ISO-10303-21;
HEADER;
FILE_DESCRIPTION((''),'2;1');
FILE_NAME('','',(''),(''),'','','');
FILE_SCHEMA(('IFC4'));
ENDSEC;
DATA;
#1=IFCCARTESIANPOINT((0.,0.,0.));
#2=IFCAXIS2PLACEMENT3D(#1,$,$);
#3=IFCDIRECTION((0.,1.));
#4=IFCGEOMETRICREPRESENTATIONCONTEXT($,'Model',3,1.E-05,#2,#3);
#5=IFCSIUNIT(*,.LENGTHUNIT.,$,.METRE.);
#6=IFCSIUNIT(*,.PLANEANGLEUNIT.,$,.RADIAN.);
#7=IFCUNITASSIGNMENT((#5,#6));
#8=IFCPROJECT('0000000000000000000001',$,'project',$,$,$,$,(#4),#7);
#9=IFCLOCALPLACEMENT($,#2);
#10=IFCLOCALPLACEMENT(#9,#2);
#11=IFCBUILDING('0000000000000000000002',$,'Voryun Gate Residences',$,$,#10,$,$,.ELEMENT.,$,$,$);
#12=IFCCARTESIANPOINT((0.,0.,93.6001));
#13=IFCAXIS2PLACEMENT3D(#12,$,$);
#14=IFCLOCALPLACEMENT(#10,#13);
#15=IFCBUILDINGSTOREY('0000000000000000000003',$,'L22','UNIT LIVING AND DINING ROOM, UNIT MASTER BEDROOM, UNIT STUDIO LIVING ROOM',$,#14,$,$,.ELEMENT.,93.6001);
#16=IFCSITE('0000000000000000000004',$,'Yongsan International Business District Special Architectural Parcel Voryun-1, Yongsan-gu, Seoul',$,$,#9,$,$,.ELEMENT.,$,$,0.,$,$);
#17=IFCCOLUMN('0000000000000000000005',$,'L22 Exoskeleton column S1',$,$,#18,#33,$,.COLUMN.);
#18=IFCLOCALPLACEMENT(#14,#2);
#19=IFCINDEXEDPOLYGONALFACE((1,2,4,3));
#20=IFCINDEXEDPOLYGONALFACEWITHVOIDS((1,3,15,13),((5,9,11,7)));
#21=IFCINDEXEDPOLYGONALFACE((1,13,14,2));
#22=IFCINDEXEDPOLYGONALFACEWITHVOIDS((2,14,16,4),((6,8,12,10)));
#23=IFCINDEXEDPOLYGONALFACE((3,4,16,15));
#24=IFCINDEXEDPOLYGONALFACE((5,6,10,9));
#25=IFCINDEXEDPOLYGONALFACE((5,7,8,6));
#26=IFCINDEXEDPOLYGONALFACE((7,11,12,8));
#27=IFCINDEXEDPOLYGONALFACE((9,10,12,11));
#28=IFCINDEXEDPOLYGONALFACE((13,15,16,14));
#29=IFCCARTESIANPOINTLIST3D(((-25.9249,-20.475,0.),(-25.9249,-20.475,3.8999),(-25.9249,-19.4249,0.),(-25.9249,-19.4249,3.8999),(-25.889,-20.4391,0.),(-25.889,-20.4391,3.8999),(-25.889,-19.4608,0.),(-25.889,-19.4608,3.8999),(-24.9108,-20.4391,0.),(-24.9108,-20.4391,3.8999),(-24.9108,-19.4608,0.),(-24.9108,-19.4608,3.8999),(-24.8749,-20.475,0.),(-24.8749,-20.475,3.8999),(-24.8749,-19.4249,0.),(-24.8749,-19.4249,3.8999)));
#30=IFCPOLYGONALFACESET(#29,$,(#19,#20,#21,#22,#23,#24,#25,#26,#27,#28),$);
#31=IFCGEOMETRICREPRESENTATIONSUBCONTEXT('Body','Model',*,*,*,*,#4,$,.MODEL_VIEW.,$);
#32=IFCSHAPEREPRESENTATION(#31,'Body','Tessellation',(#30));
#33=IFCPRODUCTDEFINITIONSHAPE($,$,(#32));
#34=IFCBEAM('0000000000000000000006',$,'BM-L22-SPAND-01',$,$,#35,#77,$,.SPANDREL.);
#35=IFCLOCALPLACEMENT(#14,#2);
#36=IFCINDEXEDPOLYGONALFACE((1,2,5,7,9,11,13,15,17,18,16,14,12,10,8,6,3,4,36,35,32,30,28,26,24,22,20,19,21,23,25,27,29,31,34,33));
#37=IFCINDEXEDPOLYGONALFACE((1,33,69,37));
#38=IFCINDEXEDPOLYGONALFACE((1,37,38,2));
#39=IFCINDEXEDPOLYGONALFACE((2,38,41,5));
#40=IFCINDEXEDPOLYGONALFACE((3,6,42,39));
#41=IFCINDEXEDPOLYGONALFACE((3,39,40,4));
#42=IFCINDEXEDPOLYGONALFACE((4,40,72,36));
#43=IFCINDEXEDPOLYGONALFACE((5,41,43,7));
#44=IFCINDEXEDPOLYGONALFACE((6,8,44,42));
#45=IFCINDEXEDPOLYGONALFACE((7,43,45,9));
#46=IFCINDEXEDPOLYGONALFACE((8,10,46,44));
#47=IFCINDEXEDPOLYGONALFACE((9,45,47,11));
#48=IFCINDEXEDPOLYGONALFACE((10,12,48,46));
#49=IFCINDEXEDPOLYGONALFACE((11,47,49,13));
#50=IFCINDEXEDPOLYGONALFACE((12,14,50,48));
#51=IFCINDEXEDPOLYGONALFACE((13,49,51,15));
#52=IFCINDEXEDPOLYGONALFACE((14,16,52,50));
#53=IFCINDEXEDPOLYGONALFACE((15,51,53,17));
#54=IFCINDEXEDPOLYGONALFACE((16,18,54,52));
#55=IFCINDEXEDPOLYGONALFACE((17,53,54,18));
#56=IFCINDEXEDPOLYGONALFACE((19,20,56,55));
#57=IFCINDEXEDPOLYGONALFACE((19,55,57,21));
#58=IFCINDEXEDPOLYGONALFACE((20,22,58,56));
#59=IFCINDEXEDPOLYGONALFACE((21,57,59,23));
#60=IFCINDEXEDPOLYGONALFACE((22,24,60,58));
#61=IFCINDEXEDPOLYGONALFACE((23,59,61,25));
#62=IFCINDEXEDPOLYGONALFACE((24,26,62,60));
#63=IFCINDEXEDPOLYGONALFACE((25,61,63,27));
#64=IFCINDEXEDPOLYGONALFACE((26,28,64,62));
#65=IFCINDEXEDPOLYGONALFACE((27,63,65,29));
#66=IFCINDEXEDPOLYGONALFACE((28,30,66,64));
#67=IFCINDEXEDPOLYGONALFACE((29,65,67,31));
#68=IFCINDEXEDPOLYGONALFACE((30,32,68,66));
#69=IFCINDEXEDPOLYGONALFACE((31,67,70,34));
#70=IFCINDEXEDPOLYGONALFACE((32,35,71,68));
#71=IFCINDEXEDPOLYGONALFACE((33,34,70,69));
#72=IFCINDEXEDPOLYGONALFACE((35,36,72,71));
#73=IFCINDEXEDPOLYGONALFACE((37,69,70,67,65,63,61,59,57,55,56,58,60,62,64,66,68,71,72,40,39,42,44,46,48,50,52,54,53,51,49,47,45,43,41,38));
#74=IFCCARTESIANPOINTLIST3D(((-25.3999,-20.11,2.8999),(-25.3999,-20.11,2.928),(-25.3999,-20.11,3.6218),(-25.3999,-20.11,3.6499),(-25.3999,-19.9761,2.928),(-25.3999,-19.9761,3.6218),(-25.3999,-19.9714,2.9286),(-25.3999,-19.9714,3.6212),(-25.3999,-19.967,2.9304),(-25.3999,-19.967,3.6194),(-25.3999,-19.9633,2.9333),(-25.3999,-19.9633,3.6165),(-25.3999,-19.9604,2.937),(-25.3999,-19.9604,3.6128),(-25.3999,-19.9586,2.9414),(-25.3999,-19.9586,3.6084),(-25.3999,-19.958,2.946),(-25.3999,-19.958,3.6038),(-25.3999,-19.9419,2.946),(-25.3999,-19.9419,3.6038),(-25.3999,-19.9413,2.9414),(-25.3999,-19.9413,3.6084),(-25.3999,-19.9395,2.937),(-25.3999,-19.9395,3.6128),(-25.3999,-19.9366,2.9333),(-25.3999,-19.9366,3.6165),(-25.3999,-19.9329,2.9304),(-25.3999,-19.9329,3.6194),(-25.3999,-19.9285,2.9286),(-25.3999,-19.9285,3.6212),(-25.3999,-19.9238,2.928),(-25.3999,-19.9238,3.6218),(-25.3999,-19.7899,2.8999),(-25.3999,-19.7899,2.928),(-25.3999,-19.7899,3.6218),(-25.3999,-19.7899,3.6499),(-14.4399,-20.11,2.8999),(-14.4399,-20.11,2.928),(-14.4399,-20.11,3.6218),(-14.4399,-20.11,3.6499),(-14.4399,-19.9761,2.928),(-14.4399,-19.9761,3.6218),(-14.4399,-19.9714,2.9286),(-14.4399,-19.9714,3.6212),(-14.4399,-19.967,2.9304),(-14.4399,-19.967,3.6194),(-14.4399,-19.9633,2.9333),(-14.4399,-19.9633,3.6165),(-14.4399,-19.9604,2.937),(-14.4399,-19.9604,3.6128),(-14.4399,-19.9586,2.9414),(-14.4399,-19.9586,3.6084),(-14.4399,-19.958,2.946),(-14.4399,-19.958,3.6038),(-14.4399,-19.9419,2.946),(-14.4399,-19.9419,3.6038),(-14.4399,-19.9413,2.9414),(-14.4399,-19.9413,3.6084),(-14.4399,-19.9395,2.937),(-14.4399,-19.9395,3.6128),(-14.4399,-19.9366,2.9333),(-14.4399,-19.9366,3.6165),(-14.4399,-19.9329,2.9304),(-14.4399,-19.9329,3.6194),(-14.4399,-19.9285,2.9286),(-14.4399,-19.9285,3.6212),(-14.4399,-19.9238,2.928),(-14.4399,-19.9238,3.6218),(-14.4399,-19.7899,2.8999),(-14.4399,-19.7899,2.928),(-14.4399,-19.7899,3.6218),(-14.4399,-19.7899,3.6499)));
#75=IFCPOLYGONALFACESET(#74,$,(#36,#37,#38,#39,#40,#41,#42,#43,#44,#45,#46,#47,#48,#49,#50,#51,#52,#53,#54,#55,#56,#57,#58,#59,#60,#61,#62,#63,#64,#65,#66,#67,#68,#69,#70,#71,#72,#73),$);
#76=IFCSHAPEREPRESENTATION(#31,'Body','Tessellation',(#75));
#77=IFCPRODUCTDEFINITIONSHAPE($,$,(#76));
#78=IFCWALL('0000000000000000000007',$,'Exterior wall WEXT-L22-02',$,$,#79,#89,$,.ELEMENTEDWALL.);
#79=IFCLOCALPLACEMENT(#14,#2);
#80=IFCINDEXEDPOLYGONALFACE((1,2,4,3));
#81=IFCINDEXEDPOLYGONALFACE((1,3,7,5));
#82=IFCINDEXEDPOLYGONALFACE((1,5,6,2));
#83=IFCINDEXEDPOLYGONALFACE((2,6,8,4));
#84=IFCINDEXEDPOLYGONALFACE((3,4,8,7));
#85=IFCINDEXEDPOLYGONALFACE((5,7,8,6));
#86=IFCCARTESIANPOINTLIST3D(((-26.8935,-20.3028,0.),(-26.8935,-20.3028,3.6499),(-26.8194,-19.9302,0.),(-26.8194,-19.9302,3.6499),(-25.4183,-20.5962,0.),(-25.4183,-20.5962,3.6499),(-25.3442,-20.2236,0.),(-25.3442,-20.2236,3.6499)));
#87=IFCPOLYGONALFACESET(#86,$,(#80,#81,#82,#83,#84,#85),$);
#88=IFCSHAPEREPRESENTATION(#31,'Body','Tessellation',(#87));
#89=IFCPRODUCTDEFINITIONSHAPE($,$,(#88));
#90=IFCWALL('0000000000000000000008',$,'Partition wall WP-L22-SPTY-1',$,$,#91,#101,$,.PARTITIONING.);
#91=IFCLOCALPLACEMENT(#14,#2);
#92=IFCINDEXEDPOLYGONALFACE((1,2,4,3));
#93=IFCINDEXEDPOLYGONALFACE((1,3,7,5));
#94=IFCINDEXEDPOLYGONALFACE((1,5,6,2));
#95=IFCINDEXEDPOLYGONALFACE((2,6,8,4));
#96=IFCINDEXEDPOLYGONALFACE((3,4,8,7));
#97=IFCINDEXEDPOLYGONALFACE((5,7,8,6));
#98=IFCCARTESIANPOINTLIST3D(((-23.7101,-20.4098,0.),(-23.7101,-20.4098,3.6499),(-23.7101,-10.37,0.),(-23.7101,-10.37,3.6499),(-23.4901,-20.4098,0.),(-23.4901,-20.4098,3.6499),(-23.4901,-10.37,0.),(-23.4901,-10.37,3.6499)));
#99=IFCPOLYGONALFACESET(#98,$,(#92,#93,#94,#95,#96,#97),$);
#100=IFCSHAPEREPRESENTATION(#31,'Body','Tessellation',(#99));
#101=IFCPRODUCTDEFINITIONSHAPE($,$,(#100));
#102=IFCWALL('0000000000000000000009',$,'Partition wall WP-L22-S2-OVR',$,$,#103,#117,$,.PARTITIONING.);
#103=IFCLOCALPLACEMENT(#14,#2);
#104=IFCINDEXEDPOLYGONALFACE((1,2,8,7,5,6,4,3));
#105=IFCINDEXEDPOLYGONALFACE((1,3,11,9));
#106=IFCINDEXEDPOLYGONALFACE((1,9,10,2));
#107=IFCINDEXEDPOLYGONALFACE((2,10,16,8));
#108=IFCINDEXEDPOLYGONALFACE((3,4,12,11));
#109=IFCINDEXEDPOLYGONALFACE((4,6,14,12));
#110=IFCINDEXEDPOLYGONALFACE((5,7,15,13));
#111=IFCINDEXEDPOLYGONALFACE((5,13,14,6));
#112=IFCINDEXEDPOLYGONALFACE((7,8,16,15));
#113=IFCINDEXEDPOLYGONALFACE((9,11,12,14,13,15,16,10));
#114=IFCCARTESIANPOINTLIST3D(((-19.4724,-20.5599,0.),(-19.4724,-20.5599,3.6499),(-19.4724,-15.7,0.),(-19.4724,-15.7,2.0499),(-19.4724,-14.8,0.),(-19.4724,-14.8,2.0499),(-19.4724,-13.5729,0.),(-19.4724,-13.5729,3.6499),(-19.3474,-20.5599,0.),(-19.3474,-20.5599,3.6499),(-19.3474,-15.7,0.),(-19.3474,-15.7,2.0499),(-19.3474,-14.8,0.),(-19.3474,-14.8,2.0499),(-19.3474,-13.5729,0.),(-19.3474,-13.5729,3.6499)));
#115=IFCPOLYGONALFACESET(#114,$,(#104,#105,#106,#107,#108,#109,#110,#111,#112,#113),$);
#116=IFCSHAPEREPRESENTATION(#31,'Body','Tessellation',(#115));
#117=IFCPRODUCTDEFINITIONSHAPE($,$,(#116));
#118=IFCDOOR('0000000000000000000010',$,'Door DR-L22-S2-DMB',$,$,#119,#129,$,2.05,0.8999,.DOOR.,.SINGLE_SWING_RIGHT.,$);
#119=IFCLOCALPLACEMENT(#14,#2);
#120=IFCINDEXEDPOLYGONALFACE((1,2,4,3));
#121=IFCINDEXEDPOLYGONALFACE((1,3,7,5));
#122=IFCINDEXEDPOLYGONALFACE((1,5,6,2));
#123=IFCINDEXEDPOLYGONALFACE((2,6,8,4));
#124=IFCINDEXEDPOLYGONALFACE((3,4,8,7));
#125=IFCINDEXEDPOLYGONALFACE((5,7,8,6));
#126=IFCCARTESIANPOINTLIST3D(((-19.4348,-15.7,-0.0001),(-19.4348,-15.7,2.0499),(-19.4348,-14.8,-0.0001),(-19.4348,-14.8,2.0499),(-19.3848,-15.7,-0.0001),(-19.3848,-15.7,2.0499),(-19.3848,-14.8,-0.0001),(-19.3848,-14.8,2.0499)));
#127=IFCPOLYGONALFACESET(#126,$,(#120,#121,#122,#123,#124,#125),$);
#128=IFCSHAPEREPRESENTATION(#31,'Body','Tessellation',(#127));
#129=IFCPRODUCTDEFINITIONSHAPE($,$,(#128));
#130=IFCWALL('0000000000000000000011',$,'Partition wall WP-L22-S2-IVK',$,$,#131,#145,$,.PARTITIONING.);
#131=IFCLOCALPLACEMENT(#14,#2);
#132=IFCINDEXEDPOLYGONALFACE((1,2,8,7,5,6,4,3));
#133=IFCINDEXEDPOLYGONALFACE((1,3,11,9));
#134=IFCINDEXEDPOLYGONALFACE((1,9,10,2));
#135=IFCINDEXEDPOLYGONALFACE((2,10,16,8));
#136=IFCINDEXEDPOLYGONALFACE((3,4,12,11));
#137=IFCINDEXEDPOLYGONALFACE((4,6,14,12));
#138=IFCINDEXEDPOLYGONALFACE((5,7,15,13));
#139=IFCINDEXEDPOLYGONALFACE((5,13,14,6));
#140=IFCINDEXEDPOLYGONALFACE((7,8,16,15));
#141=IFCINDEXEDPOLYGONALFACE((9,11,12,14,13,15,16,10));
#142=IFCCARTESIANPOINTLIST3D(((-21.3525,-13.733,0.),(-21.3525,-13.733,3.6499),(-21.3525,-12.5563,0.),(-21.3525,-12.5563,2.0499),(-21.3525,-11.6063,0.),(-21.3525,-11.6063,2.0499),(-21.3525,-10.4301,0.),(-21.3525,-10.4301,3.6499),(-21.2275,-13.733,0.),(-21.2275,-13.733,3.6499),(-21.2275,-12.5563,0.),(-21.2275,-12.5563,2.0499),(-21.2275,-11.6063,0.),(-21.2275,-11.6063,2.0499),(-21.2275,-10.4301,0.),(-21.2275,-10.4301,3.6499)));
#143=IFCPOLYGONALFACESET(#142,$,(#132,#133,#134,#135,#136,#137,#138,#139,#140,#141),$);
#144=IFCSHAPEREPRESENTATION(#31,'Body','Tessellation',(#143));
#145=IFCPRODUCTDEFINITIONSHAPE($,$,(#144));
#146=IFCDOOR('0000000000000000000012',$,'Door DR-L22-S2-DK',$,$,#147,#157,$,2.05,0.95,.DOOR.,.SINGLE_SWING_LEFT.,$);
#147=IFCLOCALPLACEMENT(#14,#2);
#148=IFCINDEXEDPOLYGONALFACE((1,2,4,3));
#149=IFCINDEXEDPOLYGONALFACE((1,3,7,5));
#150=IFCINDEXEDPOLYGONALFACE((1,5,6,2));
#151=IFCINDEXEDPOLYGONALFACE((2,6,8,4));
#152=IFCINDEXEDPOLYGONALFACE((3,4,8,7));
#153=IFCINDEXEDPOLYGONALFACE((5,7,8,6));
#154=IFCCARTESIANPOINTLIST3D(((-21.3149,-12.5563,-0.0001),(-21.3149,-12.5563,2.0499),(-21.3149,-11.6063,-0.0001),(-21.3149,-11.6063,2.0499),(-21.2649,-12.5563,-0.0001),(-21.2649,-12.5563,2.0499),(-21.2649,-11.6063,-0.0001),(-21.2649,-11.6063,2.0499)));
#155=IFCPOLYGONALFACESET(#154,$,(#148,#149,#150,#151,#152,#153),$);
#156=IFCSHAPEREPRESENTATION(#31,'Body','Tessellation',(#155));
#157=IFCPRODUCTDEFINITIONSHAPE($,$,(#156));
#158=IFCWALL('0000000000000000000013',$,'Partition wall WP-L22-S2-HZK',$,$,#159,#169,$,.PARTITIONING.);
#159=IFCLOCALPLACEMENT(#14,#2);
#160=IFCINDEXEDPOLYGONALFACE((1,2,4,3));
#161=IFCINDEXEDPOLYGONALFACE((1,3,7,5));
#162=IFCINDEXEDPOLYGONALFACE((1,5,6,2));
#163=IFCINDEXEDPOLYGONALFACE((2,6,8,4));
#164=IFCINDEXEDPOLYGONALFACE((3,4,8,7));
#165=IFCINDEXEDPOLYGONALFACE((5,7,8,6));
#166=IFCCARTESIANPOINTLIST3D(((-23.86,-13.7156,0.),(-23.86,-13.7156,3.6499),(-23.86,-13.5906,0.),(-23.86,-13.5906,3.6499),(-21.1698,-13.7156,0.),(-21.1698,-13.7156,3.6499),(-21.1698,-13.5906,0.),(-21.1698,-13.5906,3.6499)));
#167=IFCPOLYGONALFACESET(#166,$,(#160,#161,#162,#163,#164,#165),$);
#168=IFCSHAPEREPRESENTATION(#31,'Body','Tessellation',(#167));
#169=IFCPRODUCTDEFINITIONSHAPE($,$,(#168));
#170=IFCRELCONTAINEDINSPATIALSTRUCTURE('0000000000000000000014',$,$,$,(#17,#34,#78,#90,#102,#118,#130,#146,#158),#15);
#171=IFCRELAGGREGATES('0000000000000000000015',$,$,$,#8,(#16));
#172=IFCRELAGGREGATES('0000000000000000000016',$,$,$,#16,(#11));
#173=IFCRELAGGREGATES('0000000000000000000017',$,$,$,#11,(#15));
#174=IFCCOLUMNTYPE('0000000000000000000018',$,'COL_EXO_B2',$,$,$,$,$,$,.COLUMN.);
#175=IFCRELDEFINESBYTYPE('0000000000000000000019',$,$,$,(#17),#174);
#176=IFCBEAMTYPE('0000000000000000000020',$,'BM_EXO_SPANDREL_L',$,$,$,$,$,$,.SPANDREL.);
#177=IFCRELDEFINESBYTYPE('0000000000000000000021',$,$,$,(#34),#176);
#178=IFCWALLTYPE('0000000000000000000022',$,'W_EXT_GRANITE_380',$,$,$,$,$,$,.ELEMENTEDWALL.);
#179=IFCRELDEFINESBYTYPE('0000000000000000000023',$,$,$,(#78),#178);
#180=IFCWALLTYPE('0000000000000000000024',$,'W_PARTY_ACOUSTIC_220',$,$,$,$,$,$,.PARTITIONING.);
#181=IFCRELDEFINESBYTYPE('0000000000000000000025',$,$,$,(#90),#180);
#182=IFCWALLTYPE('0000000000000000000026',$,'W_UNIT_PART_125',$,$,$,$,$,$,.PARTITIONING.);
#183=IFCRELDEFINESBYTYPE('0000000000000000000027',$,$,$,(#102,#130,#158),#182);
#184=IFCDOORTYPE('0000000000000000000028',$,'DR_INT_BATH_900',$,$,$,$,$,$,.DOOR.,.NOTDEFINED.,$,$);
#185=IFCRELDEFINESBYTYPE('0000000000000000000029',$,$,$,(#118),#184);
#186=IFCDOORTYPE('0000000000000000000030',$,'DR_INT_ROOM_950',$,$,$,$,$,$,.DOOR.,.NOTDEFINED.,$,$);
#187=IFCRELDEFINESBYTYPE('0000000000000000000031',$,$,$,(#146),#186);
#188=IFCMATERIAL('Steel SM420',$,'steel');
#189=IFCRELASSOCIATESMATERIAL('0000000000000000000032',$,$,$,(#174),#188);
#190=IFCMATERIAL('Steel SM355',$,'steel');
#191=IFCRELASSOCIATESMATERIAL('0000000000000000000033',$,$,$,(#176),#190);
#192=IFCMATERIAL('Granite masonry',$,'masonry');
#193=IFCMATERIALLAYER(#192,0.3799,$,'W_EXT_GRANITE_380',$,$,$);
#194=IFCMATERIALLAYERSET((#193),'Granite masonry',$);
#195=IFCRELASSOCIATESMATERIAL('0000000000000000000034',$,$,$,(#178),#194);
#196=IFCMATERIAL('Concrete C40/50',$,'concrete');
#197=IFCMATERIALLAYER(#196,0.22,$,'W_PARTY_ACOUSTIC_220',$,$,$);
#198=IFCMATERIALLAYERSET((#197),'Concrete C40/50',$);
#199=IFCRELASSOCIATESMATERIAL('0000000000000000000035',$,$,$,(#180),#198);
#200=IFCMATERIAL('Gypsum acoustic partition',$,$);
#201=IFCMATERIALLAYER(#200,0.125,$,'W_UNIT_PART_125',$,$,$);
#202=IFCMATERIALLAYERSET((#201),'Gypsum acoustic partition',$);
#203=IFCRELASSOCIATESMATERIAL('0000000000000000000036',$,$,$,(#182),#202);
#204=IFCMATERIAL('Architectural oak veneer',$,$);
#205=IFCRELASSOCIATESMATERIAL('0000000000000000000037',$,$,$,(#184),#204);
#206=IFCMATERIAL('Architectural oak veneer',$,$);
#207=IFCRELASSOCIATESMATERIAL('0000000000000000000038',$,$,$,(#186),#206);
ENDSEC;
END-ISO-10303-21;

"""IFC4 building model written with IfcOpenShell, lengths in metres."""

from ifc_helpers import new_model, si_unit, direction, frame, frame_2d, origin, origin_2d, place, context, subcontext, project, spatial, rectangle, hollow_rectangle, i_section, extrude, material, layer, layer_set, material_profile, profile_set, type_object, element, fill, save


model = new_model("IFC4")

# Units and contexts
model_context = context("Model", 3, precision=1e-05, world=origin(), true_north=direction((0.0, 1.0)))
body_context = subcontext(model_context, "Body", "Model", "MODEL_VIEW")
ifc_project = project(units=[si_unit("LENGTHUNIT", "METRE"), si_unit("PLANEANGLEUNIT", "RADIAN")], contexts=[model_context])

# Site, building, storey
site_placement = place(None, origin())
site = spatial("IfcSite", under=ifc_project, at=site_placement, Name="Yongsan International Business District Special Architectural Parcel Voryun-1, Yongsan-gu, Seoul", CompositionType="ELEMENT", RefElevation=0.0)
building_placement = place(site_placement, origin())
building = spatial("IfcBuilding", under=site, at=building_placement, Name="Voryun Gate Residences", CompositionType="ELEMENT")
storey_placement = place(building_placement, frame((0.0, 0.0, 93.6001)))
storey = spatial("IfcBuildingStorey", under=building, at=storey_placement, Name="L22", Description="UNIT LIVING AND DINING ROOM, UNIT MASTER BEDROOM, UNIT STUDIO LIVING ROOM", CompositionType="ELEMENT", Elevation=93.6001)

# Column
ifc_material_1 = material(Name="Steel SM420", Category="steel")
ifc_material_profile_1 = material_profile(ifc_material_1, hollow_rectangle(XDim=1.05, YDim=1.05, WallThickness=0.0359, at=origin_2d()), Name="BOX-1050x1050x36")
ifc_profile_set_1 = profile_set([ifc_material_profile_1], Name="Steel SM420")
column_type = type_object("IfcColumnType", Name="COL_EXO_B2", PredefinedType="COLUMN", material=ifc_profile_set_1)
column_placement = place(storey_placement, frame((-25.3999, -19.95, 0.0), z_axis=(0.0, 0.0, 1.0), x_axis=(1.0, 0.0, 0.0)))
element("IfcColumn", 1, at=column_placement, inside=storey, type_object=column_type, Name="L22 Exoskeleton column S1", PredefinedType="COLUMN", context=body_context, shape_type="SweptSolid", body=[
    extrude(hollow_rectangle(XDim=1.05, YDim=1.05, WallThickness=0.0359, at=origin_2d()), origin(), (0.0, 0.0, 1.0), 3.8999),
])

# Beam
ifc_material_2 = material(Name="Steel SM355", Category="steel")
ifc_material_profile_2 = material_profile(ifc_material_2, i_section(OverallWidth=0.3201, OverallDepth=0.75, WebThickness=0.0161, FlangeThickness=0.0281, FilletRadius=0.0181, at=origin_2d()), Name="H-750x320x16x28")
ifc_profile_set_2 = profile_set([ifc_material_profile_2], Name="Steel SM355")
beam_type = type_object("IfcBeamType", Name="BM_EXO_SPANDREL_L", PredefinedType="SPANDREL", material=ifc_profile_set_2)
beam_placement = place(storey_placement, frame((-25.3999, -19.95, 3.2749), z_axis=(1.0, 0.0, 0.0), x_axis=(0.0, 1.0, 0.0)))
element("IfcBeam", 2, at=beam_placement, inside=storey, type_object=beam_type, Name="BM-L22-SPAND-01", PredefinedType="SPANDREL", context=body_context, shape_type="SweptSolid", body=[
    extrude(i_section(OverallWidth=0.3201, OverallDepth=0.75, WebThickness=0.0161, FlangeThickness=0.0281, FilletRadius=0.0181, at=origin_2d()), origin(), (0.0, 0.0, 1.0), 10.96),
])

# Walls
ifc_material_3 = material(Name="Granite masonry", Category="masonry")
ifc_layer_1 = layer(ifc_material_3, 0.3799, Name="W_EXT_GRANITE_380")
ifc_layer_set_1 = layer_set([ifc_layer_1], Name="Granite masonry")
wall_type_1 = type_object("IfcWallType", Name="W_EXT_GRANITE_380", PredefinedType="ELEMENTEDWALL", material=ifc_layer_set_1)
wall_1_placement = place(storey_placement, frame((-25.3813, -20.4099, 0.0), z_axis=(0.0, 0.0, 1.0), x_axis=(-0.980786, 0.195086, 0.0)))
element("IfcWall", 3, at=wall_1_placement, inside=storey, type_object=wall_type_1, Name="Exterior wall WEXT-L22-02", PredefinedType="ELEMENTEDWALL", context=body_context, shape_type="SweptSolid", body=[
    extrude(rectangle(XDim=1.5042, YDim=0.3799, at=frame_2d((0.752, 0.0))), origin(), (0.0, 0.0, 1.0), 3.6499),
])
ifc_material_4 = material(Name="Concrete C40/50", Category="concrete")
ifc_layer_2 = layer(ifc_material_4, 0.22, Name="W_PARTY_ACOUSTIC_220")
ifc_layer_set_2 = layer_set([ifc_layer_2], Name="Concrete C40/50")
wall_type_2 = type_object("IfcWallType", Name="W_PARTY_ACOUSTIC_220", PredefinedType="PARTITIONING", material=ifc_layer_set_2)
wall_2_placement = place(storey_placement, frame((-23.6001, -20.4099, 0.0), z_axis=(0.0, 0.0, 1.0), x_axis=(0.0, 1.0, 0.0)))
element("IfcWall", 4, at=wall_2_placement, inside=storey, type_object=wall_type_2, Name="Partition wall WP-L22-SPTY-1", PredefinedType="PARTITIONING", context=body_context, shape_type="SweptSolid", body=[
    extrude(rectangle(XDim=10.0398, YDim=0.22, at=frame_2d((5.02, 0.0))), origin(), (0.0, 0.0, 1.0), 3.6499),
])

# Walls, openings, doors
ifc_material_5 = material(Name="Gypsum acoustic partition")
ifc_layer_3 = layer(ifc_material_5, 0.125, Name="W_UNIT_PART_125")
ifc_layer_set_3 = layer_set([ifc_layer_3], Name="Gypsum acoustic partition")
wall_type_3 = type_object("IfcWallType", Name="W_UNIT_PART_125", PredefinedType="PARTITIONING", material=ifc_layer_set_3)
wall_3_placement = place(storey_placement, frame((-19.4099, -20.5601, 0.0), z_axis=(0.0, 0.0, 1.0), x_axis=(0.0, 1.0, 0.0)))
wall_3 = element("IfcWall", 5, at=wall_3_placement, inside=storey, type_object=wall_type_3, Name="Partition wall WP-L22-S2-OVR", PredefinedType="PARTITIONING", context=body_context, shape_type="SweptSolid", body=[
    extrude(rectangle(XDim=6.9871, YDim=0.125, at=frame_2d((3.4937, 0.0))), origin(), (0.0, 0.0, 1.0), 3.6499),
])
opening_1_placement = place(wall_3_placement, frame((4.8601, 0.0, 0.0)))
opening_1 = element("IfcOpeningElement", 6, at=opening_1_placement, cuts=wall_3, PredefinedType="OPENING", context=body_context, shape_type="SweptSolid", body=[
    extrude(rectangle(XDim=0.8999, YDim=2.05, at=frame_2d((0.45, 1.0249))), frame((0.0, 0.0725, 0.0), z_axis=(0.0, -1.0, 0.0), x_axis=(1.0, 0.0, 0.0)), (0.0, 0.0, 1.0), 0.145),
])
ifc_material_6 = material(Name="Architectural oak veneer")
door_type_1 = type_object("IfcDoorType", Name="DR_INT_BATH_900", OperationType="NOTDEFINED", PredefinedType="DOOR", material=ifc_material_6)
door_1_placement = place(opening_1_placement, origin())
door_1 = element("IfcDoor", 7, at=door_1_placement, inside=storey, type_object=door_type_1, Name="Door DR-L22-S2-DMB", OperationType="SINGLE_SWING_RIGHT", OverallHeight=2.05, OverallWidth=0.8999, PredefinedType="DOOR", context=body_context, shape_type="SweptSolid", body=[
    extrude(rectangle(XDim=0.8999, YDim=2.05, at=frame_2d((0.45, 1.0249))), frame((0.0, 0.0249, 0.0), z_axis=(0.0, -1.0, 0.0), x_axis=(1.0, 0.0, 0.0)), (0.0, 0.0, 1.0), 0.05),
])
fill(opening_1, door_1)
wall_4_placement = place(storey_placement, frame((-21.29, -13.7329, 0.0), z_axis=(0.0, 0.0, 1.0), x_axis=(0.0, 1.0, 0.0)))
wall_4 = element("IfcWall", 8, at=wall_4_placement, inside=storey, type_object=wall_type_3, Name="Partition wall WP-L22-S2-IVK", PredefinedType="PARTITIONING", context=body_context, shape_type="SweptSolid", body=[
    extrude(rectangle(XDim=3.303, YDim=0.125, at=frame_2d((1.6514, 0.0))), origin(), (0.0, 0.0, 1.0), 3.6499),
])
opening_2_placement = place(wall_4_placement, frame((1.1765, 0.0, 0.0)))
opening_2 = element("IfcOpeningElement", 9, at=opening_2_placement, cuts=wall_4, PredefinedType="OPENING", context=body_context, shape_type="SweptSolid", body=[
    extrude(rectangle(XDim=0.95, YDim=2.05, at=frame_2d((0.4751, 1.0249))), frame((0.0, 0.0725, 0.0), z_axis=(0.0, -1.0, 0.0), x_axis=(1.0, 0.0, 0.0)), (0.0, 0.0, 1.0), 0.145),
])
ifc_material_7 = material(Name="Architectural oak veneer")
door_type_2 = type_object("IfcDoorType", Name="DR_INT_ROOM_950", OperationType="NOTDEFINED", PredefinedType="DOOR", material=ifc_material_7)
door_2_placement = place(opening_2_placement, origin())
door_2 = element("IfcDoor", 10, at=door_2_placement, inside=storey, type_object=door_type_2, Name="Door DR-L22-S2-DK", OperationType="SINGLE_SWING_LEFT", OverallHeight=2.05, OverallWidth=0.95, PredefinedType="DOOR", context=body_context, shape_type="SweptSolid", body=[
    extrude(rectangle(XDim=0.95, YDim=2.05, at=frame_2d((0.4751, 1.0249))), frame((0.0, 0.0249, 0.0), z_axis=(0.0, -1.0, 0.0), x_axis=(1.0, 0.0, 0.0)), (0.0, 0.0, 1.0), 0.05),
])
fill(opening_2, door_2)

# Wall
wall_5_placement = place(storey_placement, frame((-23.8601, -13.6531, 0.0), z_axis=(0.0, 0.0, 1.0), x_axis=(1.0, 0.0, 0.0)))
element("IfcWall", 11, at=wall_5_placement, inside=storey, type_object=wall_type_3, Name="Partition wall WP-L22-S2-HZK", PredefinedType="PARTITIONING", context=body_context, shape_type="SweptSolid", body=[
    extrude(rectangle(XDim=2.6902, YDim=0.125, at=frame_2d((1.3452, 0.0))), origin(), (0.0, 0.0, 1.0), 3.6499),
])

save(model, "model.ifc")
